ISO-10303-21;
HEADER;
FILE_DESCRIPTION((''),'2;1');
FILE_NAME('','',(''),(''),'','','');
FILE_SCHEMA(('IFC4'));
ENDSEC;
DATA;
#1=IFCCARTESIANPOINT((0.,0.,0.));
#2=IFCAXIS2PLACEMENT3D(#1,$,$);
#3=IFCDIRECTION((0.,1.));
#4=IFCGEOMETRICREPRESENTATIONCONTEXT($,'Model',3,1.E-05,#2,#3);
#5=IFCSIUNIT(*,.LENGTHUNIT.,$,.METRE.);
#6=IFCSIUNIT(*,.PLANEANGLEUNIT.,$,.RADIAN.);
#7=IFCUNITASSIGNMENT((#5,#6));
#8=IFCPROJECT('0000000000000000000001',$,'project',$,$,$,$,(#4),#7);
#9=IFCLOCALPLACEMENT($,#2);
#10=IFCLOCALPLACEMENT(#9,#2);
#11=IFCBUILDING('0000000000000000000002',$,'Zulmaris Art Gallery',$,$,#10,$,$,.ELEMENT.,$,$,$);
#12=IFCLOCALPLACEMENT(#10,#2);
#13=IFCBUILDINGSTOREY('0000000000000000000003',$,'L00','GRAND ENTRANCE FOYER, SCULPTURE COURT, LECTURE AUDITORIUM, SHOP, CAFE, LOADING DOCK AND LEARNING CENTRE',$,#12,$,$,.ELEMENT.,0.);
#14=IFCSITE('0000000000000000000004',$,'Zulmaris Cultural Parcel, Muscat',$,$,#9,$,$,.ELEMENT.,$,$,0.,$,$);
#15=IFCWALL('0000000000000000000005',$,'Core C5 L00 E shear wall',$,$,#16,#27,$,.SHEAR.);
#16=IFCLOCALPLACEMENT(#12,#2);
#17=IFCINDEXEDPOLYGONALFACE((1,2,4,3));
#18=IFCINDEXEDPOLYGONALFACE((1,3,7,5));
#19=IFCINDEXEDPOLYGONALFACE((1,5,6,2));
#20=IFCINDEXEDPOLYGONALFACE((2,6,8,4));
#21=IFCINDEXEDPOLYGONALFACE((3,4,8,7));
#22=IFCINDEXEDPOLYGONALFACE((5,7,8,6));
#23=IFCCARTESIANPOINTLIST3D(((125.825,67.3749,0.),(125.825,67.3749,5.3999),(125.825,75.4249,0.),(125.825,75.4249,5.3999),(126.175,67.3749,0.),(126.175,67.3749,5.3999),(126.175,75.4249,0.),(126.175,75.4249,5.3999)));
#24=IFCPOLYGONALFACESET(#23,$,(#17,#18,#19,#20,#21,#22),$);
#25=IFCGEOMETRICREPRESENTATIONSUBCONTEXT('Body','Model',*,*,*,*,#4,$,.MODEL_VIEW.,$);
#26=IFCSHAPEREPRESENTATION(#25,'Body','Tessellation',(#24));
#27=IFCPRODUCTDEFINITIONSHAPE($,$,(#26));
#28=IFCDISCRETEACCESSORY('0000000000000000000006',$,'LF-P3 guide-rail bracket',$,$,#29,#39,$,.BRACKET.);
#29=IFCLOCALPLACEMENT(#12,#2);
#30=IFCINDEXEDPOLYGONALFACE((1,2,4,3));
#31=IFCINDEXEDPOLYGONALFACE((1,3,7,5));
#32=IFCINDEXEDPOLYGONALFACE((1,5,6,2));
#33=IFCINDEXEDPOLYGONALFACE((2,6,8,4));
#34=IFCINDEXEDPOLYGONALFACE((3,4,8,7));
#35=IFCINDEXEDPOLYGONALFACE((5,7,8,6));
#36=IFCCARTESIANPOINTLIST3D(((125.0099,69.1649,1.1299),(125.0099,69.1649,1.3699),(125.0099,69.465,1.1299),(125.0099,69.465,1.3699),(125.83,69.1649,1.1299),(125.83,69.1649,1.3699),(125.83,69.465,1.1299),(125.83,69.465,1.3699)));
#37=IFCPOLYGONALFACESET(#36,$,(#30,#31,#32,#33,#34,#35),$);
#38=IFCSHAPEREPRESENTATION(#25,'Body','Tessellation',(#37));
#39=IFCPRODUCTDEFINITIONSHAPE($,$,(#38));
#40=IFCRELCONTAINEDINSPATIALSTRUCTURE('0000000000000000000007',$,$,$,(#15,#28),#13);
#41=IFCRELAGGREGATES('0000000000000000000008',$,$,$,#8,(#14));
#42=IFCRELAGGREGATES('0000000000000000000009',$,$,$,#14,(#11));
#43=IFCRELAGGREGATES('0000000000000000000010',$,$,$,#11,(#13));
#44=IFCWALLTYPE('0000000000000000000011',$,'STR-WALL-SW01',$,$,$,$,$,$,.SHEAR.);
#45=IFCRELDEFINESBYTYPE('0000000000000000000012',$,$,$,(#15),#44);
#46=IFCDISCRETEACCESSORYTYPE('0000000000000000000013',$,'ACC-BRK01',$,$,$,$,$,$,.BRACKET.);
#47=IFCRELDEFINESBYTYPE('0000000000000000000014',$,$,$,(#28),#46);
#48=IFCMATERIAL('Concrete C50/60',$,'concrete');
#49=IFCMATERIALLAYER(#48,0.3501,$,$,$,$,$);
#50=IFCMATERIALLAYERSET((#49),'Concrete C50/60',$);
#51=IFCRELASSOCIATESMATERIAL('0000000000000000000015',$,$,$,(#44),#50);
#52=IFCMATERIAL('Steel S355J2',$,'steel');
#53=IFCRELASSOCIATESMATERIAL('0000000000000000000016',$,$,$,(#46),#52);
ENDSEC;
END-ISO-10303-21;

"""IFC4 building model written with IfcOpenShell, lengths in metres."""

from ifc_helpers import new_model, si_unit, direction, frame, frame_2d, origin, origin_2d, place, context, subcontext, project, spatial, rectangle, extrude, material, layer, layer_set, type_object, element, save


model = new_model("IFC4")

# Units and contexts
model_context = context("Model", 3, precision=1e-05, world=origin(), true_north=direction((0.0, 1.0)))
body_context = subcontext(model_context, "Body", "Model", "MODEL_VIEW")
ifc_project = project(units=[si_unit("LENGTHUNIT", "METRE"), si_unit("PLANEANGLEUNIT", "RADIAN")], contexts=[model_context])

# Site, building, storey
site_placement = place(None, origin())
site = spatial("IfcSite", under=ifc_project, at=site_placement, Name="Zulmaris Cultural Parcel, Muscat", CompositionType="ELEMENT", RefElevation=0.0)
building_placement = place(site_placement, origin())
building = spatial("IfcBuilding", under=site, at=building_placement, Name="Zulmaris Art Gallery", CompositionType="ELEMENT")
storey_placement = place(building_placement, origin())
storey = spatial("IfcBuildingStorey", under=building, at=storey_placement, Name="L00", Description="GRAND ENTRANCE FOYER, SCULPTURE COURT, LECTURE AUDITORIUM, SHOP, CAFE, LOADING DOCK AND LEARNING CENTRE", CompositionType="ELEMENT", Elevation=0.0)

# Wall
ifc_material_1 = material(Name="Concrete C50/60", Category="concrete")
ifc_layer_1 = layer(ifc_material_1, 0.3501)
ifc_layer_set_1 = layer_set([ifc_layer_1], Name="Concrete C50/60")
wall_type_1 = type_object("IfcWallType", Name="STR-WALL-SW01", PredefinedType="SHEAR", material=ifc_layer_set_1)
wall_1_placement = place(storey_placement, frame((126.0, 67.375, 0.0), z_axis=(0.0, 0.0, 1.0), x_axis=(0.0, 1.0, 0.0)))
element("IfcWall", 1, at=wall_1_placement, inside=storey, type_object=wall_type_1, Name="Core C5 L00 E shear wall", PredefinedType="SHEAR", context=body_context, shape_type="SweptSolid", body=[
    extrude(rectangle(XDim=8.05, YDim=0.3501, at=frame_2d((4.0249, 0.0))), origin(), (0.0, 0.0, 1.0), 5.3999),
])

# Discrete accessory
ifc_material_2 = material(Name="Steel S355J2", Category="steel")
discrete_accessory_type = type_object("IfcDiscreteAccessoryType", Name="ACC-BRK01", PredefinedType="BRACKET", material=ifc_material_2)
discrete_accessory_placement = place(storey_placement, frame((125.4199, 69.3149, 1.1299), z_axis=(0.0, 0.0, 1.0), x_axis=(1.0, 0.0, 0.0)))
element("IfcDiscreteAccessory", 2, at=discrete_accessory_placement, inside=storey, type_object=discrete_accessory_type, Name="LF-P3 guide-rail bracket", PredefinedType="BRACKET", context=body_context, shape_type="SweptSolid", body=[
    extrude(rectangle(XDim=0.8201, YDim=0.3, at=origin_2d()), origin(), (0.0, 0.0, 1.0), 0.24),
])

save(model, "model.ifc")
